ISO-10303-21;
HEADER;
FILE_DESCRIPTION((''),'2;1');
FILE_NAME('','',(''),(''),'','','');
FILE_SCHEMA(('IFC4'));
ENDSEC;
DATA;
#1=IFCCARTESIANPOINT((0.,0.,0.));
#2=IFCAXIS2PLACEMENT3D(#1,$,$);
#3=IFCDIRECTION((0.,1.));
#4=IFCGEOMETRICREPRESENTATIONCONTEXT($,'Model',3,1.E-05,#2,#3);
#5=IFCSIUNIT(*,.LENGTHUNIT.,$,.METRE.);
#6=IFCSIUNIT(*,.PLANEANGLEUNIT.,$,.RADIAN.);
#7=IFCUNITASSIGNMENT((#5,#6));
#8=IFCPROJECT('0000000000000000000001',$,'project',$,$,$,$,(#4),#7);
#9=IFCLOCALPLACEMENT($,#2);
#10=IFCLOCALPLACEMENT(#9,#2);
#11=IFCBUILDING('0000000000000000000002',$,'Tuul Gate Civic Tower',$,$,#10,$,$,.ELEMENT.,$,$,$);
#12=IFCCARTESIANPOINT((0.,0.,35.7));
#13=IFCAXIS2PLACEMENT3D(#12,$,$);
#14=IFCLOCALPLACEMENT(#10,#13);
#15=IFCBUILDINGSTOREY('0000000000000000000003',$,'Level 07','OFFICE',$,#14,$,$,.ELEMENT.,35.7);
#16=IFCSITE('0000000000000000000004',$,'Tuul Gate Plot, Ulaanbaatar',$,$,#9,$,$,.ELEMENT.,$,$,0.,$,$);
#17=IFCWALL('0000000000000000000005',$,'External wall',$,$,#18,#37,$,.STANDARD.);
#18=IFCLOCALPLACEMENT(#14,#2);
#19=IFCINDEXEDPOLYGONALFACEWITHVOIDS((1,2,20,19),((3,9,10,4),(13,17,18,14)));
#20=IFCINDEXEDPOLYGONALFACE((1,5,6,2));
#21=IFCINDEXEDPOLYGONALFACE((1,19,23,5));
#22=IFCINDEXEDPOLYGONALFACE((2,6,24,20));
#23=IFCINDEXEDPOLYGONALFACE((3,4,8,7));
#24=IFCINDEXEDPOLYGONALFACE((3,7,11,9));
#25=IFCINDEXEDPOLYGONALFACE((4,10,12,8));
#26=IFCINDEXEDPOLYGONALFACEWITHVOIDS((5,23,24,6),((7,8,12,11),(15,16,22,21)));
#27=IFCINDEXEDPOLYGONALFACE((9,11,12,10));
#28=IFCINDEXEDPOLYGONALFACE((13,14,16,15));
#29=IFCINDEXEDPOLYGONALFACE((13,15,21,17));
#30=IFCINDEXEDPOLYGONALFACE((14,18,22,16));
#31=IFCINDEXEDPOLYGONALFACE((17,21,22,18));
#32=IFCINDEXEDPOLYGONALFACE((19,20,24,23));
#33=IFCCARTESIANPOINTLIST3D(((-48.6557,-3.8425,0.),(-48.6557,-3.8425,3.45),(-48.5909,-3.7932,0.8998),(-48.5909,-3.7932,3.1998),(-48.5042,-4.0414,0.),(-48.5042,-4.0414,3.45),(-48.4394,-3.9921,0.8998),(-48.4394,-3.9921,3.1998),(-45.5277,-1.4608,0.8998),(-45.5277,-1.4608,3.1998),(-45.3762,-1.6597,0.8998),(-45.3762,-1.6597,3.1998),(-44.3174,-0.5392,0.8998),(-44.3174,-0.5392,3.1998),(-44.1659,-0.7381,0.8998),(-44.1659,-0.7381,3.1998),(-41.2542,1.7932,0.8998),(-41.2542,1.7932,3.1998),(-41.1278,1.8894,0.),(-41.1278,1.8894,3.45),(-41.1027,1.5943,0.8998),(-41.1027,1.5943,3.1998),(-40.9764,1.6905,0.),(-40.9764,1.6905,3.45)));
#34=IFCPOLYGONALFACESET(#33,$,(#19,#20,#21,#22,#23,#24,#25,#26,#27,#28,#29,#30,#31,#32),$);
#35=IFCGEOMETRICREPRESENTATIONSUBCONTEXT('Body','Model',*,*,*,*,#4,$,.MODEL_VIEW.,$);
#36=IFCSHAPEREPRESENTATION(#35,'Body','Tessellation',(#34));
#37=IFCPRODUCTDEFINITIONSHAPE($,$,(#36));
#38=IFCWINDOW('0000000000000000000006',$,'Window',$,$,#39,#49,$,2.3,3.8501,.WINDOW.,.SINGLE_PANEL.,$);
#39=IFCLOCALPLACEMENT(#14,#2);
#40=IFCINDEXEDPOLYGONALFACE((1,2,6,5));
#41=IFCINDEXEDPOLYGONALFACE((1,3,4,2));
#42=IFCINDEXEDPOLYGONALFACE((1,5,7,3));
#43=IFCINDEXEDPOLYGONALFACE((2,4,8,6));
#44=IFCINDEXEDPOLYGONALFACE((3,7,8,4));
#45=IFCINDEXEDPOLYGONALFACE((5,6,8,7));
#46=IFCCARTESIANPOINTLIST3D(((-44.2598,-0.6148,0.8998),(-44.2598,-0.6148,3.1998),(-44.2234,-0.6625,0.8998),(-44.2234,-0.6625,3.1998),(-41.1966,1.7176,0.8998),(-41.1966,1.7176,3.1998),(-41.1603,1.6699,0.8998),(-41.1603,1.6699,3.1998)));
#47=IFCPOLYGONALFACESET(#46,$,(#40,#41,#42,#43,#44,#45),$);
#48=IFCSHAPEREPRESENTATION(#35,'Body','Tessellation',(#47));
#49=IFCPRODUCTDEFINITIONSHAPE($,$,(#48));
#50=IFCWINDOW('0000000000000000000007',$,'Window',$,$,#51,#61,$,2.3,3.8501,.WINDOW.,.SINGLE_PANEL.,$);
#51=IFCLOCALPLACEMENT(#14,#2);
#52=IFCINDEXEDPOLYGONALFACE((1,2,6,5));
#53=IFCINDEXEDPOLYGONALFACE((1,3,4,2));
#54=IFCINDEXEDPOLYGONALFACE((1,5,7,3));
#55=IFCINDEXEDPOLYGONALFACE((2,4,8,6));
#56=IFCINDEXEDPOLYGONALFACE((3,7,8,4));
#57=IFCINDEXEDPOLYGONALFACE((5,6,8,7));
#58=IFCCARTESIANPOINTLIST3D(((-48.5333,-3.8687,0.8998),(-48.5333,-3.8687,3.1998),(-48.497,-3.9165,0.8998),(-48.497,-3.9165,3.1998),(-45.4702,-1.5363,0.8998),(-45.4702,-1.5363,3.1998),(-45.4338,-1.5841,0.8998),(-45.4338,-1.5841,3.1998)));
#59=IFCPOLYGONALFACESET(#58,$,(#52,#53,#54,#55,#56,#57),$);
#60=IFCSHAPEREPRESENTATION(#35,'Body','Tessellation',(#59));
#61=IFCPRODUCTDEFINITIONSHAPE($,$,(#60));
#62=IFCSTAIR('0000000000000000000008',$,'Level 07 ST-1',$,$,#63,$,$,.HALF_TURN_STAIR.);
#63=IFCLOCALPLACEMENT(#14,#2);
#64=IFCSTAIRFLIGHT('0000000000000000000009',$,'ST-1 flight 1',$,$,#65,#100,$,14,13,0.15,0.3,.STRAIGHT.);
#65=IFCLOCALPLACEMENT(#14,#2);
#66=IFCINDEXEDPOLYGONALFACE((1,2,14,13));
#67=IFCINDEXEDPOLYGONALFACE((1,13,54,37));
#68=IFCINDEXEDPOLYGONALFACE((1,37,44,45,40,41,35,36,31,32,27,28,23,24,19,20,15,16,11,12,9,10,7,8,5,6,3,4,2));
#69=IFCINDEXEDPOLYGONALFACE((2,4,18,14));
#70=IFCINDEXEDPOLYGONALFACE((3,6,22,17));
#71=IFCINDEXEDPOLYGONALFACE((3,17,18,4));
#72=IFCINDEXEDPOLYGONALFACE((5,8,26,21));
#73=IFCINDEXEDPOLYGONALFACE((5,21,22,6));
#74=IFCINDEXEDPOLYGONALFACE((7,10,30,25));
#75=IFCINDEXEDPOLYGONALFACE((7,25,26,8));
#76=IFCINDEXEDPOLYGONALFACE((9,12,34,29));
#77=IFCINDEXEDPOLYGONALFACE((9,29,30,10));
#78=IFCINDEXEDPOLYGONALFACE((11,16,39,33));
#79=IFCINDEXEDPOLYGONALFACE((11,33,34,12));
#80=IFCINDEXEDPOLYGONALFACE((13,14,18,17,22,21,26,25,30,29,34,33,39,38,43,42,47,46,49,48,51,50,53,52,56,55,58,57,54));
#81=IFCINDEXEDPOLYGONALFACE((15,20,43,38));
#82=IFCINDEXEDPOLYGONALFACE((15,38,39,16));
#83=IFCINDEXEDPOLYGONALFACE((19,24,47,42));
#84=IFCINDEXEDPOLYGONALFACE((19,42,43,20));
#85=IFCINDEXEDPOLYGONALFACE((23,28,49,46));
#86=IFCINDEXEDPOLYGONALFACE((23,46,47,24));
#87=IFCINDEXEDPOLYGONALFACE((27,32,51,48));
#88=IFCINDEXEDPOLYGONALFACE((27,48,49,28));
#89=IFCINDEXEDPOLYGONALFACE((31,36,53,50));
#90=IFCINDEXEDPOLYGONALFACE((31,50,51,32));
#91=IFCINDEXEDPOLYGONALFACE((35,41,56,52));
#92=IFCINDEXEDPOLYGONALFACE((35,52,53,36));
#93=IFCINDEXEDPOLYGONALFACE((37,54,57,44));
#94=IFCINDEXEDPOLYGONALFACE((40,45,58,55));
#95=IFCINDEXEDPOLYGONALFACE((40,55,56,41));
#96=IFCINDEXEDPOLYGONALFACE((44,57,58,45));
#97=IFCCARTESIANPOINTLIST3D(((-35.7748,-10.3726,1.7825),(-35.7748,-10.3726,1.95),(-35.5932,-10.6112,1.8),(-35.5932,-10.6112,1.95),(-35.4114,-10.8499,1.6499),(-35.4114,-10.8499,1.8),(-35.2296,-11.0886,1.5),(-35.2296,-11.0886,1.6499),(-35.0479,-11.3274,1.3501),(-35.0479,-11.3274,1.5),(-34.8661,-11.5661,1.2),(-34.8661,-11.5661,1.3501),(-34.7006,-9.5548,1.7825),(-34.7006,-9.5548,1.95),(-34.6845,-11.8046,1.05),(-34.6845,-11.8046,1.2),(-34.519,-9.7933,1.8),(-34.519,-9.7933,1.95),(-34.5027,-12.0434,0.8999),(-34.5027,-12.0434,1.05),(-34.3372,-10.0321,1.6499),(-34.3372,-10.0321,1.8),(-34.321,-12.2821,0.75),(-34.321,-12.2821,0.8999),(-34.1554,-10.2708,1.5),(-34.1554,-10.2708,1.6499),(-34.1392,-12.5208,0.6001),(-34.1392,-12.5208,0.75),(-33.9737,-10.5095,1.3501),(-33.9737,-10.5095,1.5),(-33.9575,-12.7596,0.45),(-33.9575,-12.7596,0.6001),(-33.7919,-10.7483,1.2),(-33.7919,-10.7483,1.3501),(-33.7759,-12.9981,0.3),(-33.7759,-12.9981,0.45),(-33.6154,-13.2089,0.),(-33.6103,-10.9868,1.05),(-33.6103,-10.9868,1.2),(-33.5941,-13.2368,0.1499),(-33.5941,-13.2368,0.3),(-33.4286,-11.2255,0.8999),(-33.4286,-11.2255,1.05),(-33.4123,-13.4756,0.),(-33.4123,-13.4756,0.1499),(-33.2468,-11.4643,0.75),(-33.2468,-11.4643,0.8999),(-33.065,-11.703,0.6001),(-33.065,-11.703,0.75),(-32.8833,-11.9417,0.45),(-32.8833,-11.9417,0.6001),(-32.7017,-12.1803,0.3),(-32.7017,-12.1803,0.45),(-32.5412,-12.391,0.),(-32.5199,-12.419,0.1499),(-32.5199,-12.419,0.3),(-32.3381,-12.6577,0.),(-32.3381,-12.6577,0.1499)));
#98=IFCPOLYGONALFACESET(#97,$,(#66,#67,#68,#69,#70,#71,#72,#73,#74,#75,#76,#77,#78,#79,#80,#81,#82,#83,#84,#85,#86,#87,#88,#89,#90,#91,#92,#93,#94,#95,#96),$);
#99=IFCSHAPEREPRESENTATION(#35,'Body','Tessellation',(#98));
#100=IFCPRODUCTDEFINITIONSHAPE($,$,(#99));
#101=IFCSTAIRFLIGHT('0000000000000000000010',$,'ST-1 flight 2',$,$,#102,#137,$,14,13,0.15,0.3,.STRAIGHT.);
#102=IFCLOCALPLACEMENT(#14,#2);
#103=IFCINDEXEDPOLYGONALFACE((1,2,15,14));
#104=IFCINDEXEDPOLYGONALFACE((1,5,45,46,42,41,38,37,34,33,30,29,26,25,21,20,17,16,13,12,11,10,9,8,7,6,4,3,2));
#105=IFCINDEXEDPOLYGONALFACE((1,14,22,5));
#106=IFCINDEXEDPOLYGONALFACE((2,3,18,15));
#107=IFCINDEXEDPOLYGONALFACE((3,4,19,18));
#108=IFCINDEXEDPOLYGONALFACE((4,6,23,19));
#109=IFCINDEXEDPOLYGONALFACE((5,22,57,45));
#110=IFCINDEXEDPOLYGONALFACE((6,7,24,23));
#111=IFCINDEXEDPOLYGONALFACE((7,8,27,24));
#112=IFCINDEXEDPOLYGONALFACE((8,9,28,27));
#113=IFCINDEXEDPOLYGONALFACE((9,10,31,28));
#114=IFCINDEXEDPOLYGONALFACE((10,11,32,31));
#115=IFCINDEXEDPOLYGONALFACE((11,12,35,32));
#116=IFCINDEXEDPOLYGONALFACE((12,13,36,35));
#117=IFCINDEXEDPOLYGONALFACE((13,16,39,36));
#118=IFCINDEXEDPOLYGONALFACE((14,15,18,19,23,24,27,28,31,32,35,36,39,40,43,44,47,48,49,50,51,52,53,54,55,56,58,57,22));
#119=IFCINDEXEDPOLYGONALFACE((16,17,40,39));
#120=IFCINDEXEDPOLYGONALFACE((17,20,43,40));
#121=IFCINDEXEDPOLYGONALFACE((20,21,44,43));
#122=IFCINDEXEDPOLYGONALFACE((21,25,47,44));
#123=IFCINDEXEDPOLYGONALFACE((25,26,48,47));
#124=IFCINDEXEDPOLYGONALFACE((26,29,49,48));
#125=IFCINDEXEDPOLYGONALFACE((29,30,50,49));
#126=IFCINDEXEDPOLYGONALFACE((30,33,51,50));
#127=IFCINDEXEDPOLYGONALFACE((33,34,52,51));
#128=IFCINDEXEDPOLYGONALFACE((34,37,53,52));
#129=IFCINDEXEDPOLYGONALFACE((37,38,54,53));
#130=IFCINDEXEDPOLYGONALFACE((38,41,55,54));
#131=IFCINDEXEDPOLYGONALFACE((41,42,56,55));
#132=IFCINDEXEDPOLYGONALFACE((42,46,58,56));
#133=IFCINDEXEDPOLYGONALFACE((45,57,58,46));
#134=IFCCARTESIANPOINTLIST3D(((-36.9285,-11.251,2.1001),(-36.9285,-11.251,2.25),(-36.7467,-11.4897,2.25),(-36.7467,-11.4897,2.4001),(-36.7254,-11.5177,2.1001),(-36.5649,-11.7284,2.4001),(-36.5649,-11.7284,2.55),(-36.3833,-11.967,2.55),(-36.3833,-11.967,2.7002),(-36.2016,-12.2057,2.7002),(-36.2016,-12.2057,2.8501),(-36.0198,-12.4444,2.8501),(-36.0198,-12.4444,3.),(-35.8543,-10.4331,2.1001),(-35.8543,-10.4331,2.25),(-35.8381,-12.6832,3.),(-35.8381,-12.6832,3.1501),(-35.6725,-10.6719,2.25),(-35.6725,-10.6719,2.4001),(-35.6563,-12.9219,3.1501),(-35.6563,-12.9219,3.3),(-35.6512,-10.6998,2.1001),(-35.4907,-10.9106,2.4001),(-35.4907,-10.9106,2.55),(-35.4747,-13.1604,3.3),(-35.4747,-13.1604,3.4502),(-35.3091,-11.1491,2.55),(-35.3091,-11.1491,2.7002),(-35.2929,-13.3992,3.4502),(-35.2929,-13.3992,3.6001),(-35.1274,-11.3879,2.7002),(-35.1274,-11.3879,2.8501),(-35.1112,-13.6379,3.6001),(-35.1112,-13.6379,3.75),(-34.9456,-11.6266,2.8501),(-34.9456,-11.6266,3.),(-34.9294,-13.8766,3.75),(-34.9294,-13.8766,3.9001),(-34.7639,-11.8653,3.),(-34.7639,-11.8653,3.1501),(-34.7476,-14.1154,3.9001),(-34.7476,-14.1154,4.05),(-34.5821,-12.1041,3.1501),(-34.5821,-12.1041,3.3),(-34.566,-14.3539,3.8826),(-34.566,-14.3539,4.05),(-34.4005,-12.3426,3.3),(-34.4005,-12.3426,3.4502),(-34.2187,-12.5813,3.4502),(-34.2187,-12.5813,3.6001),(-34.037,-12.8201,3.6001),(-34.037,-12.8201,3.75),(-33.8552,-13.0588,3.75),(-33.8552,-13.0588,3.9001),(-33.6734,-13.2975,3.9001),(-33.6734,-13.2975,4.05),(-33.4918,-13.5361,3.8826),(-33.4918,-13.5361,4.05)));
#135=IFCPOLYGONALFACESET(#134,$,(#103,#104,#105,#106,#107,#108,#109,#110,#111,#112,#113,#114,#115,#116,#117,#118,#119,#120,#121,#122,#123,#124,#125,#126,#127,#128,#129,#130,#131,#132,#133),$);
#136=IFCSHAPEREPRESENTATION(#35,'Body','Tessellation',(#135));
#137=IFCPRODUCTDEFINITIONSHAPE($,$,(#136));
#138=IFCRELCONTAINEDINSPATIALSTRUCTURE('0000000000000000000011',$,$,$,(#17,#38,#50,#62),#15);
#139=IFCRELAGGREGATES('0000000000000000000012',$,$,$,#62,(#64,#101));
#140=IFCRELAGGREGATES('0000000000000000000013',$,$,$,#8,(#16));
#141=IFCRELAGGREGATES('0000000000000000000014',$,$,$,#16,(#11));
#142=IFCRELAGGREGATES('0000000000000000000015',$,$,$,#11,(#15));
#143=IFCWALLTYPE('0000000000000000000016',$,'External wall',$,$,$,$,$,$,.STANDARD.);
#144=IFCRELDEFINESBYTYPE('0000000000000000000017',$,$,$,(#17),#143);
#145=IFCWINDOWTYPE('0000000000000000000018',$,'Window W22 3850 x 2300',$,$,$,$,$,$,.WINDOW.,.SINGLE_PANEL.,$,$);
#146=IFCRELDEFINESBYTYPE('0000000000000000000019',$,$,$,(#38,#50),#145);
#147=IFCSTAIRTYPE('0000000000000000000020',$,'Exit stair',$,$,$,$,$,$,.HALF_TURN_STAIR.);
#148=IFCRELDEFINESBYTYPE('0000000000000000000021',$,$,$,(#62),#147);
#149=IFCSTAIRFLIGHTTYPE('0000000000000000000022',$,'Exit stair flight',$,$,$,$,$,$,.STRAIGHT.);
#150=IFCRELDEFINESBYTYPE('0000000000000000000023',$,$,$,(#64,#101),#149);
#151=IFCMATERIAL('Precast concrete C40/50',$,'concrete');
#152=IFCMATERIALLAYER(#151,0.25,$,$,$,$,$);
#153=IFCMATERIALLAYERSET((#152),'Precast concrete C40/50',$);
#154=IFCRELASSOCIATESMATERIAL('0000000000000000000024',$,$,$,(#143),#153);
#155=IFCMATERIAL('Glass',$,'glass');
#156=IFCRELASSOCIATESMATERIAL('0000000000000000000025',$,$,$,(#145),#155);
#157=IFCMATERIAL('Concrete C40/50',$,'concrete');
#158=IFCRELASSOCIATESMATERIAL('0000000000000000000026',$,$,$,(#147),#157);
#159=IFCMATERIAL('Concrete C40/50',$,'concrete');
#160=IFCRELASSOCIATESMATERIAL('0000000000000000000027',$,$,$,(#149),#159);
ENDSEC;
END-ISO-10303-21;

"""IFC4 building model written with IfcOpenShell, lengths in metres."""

from ifc_helpers import new_model, si_unit, direction, frame, frame_2d, origin, place, context, subcontext, project, spatial, polyline, rectangle, outline, extrude, material, layer, layer_set, type_object, element, fill, aggregate, save


model = new_model("IFC4")

# Units and contexts
model_context = context("Model", 3, precision=1e-05, world=origin(), true_north=direction((0.0, 1.0)))
body_context = subcontext(model_context, "Body", "Model", "MODEL_VIEW")
ifc_project = project(units=[si_unit("LENGTHUNIT", "METRE"), si_unit("PLANEANGLEUNIT", "RADIAN")], contexts=[model_context])

# Site, building, storey
site_placement = place(None, origin())
site = spatial("IfcSite", under=ifc_project, at=site_placement, Name="Tuul Gate Plot, Ulaanbaatar", CompositionType="ELEMENT", RefElevation=0.0)
building_placement = place(site_placement, origin())
building = spatial("IfcBuilding", under=site, at=building_placement, Name="Tuul Gate Civic Tower", CompositionType="ELEMENT")
storey_placement = place(building_placement, frame((0.0, 0.0, 35.7)))
storey = spatial("IfcBuildingStorey", under=building, at=storey_placement, Name="Level 07", Description="OFFICE", CompositionType="ELEMENT", Elevation=35.7)

# Wall, openings, windows
ifc_material_1 = material(Name="Precast concrete C40/50", Category="concrete")
ifc_layer_1 = layer(ifc_material_1, 0.25)
ifc_layer_set_1 = layer_set([ifc_layer_1], Name="Precast concrete C40/50")
wall_type_1 = type_object("IfcWallType", Name="External wall", PredefinedType="STANDARD", material=ifc_layer_set_1)
wall_1_placement = place(storey_placement, frame((-41.052, 1.79, 0.0), z_axis=(0.0, 0.0, 1.0), x_axis=(-0.795613, -0.605805, 0.0)))
wall_1 = element("IfcWall", 1, at=wall_1_placement, inside=storey, type_object=wall_type_1, Name="External wall", PredefinedType="STANDARD", context=body_context, shape_type="SweptSolid", body=[
    extrude(rectangle(XDim=9.4617, YDim=0.25, at=frame_2d((4.731, 0.0))), origin(), (0.0, 0.0, 1.0), 3.45),
])
opening_1_placement = place(wall_1_placement, frame((0.1589, 0.0, 0.8999)))
opening_1 = element("IfcOpeningElement", 2, at=opening_1_placement, cuts=wall_1, PredefinedType="OPENING", context=body_context, shape_type="SweptSolid", body=[
    extrude(rectangle(XDim=3.8501, YDim=2.3, at=frame_2d((1.925, 1.1499))), frame((0.0, 0.135, 0.0), z_axis=(0.0, -1.0, 0.0), x_axis=(1.0, 0.0, 0.0)), (0.0, 0.0, 1.0), 0.27),
])
opening_2_placement = place(wall_1_placement, frame((5.5303, 0.0, 0.8999)))
opening_2 = element("IfcOpeningElement", 3, at=opening_2_placement, cuts=wall_1, PredefinedType="OPENING", context=body_context, shape_type="SweptSolid", body=[
    extrude(rectangle(XDim=3.8501, YDim=2.3, at=frame_2d((1.925, 1.1499))), frame((0.0, 0.135, 0.0), z_axis=(0.0, -1.0, 0.0), x_axis=(1.0, 0.0, 0.0)), (0.0, 0.0, 1.0), 0.27),
])
ifc_material_2 = material(Name="Glass", Category="glass")
window_type = type_object("IfcWindowType", Name="Window W22 3850 x 2300", PartitioningType="SINGLE_PANEL", PredefinedType="WINDOW", material=ifc_material_2)
window_1_placement = place(opening_1_placement, origin())
window_1 = element("IfcWindow", 4, at=window_1_placement, inside=storey, type_object=window_type, Name="Window", OverallHeight=2.3, OverallWidth=3.8501, PartitioningType="SINGLE_PANEL", PredefinedType="WINDOW", context=body_context, shape_type="SweptSolid", body=[
    extrude(rectangle(XDim=3.8501, YDim=2.3, at=frame_2d((1.925, 1.1499))), frame((0.0, 0.03, 0.0), z_axis=(0.0, -1.0, 0.0), x_axis=(1.0, 0.0, 0.0)), (0.0, 0.0, 1.0), 0.0601),
])
fill(opening_1, window_1)
window_2_placement = place(opening_2_placement, origin())
window_2 = element("IfcWindow", 5, at=window_2_placement, inside=storey, type_object=window_type, Name="Window", OverallHeight=2.3, OverallWidth=3.8501, PartitioningType="SINGLE_PANEL", PredefinedType="WINDOW", context=body_context, shape_type="SweptSolid", body=[
    extrude(rectangle(XDim=3.8501, YDim=2.3, at=frame_2d((1.925, 1.1499))), frame((0.0, 0.03, 0.0), z_axis=(0.0, -1.0, 0.0), x_axis=(1.0, 0.0, 0.0)), (0.0, 0.0, 1.0), 0.0601),
])
fill(opening_2, window_2)

# Stair, stair flights
ifc_material_3 = material(Name="Concrete C40/50", Category="concrete")
stair_type = type_object("IfcStairType", Name="Exit stair", PredefinedType="HALF_TURN_STAIR", material=ifc_material_3)
stair_placement = place(storey_placement, origin())
stair = element("IfcStair", 6, at=stair_placement, inside=storey, type_object=stair_type, Name="Level 07 ST-1", PredefinedType="HALF_TURN_STAIR")
ifc_material_4 = material(Name="Concrete C40/50", Category="concrete")
stair_flight_type = type_object("IfcStairFlightType", Name="Exit stair flight", PredefinedType="STRAIGHT", material=ifc_material_4)
stair_flight_1_placement = place(storey_placement, frame((-32.8752, -13.0667, 0.0), z_axis=(0.0, 0.0, 1.0), x_axis=(-0.605764, 0.795644, 0.0)))
stair_flight_1 = element("IfcStairFlight", 7, at=stair_flight_1_placement, type_object=stair_flight_type, Name="ST-1 flight 1", NumberOfRisers=14, NumberOfTreads=13, PredefinedType="STRAIGHT", RiserHeight=0.15, TreadLength=0.3, context=body_context, shape_type="SweptSolid", body=[
    extrude(outline(polyline([(0.0, 0.0), (0.0, 0.1499), (0.3, 0.1499), (0.3, 0.3), (0.6001, 0.3), (0.6001, 0.45), (0.8999, 0.45), (0.8999, 0.6001), (1.2, 0.6001), (1.2, 0.75), (1.5, 0.75), (1.5, 0.8999), (1.8, 0.8999), (1.8, 1.05), (2.1001, 1.05), (2.1001, 1.2), (2.3999, 1.2), (2.3999, 1.3501), (2.7, 1.3501), (2.7, 1.5), (3.0, 1.5), (3.0, 1.6499), (3.3, 1.6499), (3.3, 1.8), (3.6001, 1.8), (3.6001, 1.95), (3.8999, 1.95), (3.8999, 2.1001), (3.8999, 1.7825), (0.3352, 0.0), (0.0, 0.0)])), frame((0.0, 0.675, 0.0), z_axis=(0.0, -1.0, 0.0), x_axis=(1.0, 0.0, 0.0)), (0.0, 0.0, 1.0), 1.3501),
])
stair_flight_2_placement = place(storey_placement, frame((-36.3914, -10.842, 2.1001), z_axis=(0.0, 0.0, 1.0), x_axis=(0.605764, -0.795644, 0.0)))
stair_flight_2 = element("IfcStairFlight", 8, at=stair_flight_2_placement, type_object=stair_flight_type, Name="ST-1 flight 2", NumberOfRisers=14, NumberOfTreads=13, PredefinedType="STRAIGHT", RiserHeight=0.15, TreadLength=0.3, context=body_context, shape_type="SweptSolid", body=[
    extrude(outline(polyline([(0.0, 0.0), (0.0, 0.1499), (0.3, 0.1499), (0.3, 0.3), (0.6001, 0.3), (0.6001, 0.45), (0.8999, 0.45), (0.8999, 0.6001), (1.2, 0.6001), (1.2, 0.75), (1.5, 0.75), (1.5, 0.8999), (1.8, 0.8999), (1.8, 1.05), (2.1001, 1.05), (2.1001, 1.2), (2.3999, 1.2), (2.3999, 1.3501), (2.7, 1.3501), (2.7, 1.5), (3.0, 1.5), (3.0, 1.6499), (3.3, 1.6499), (3.3, 1.8), (3.6001, 1.8), (3.6001, 1.95), (3.8999, 1.95), (3.8999, 2.1001), (3.8999, 1.7825), (0.3352, 0.0), (0.0, 0.0)])), frame((0.0, 0.675, 0.0), z_axis=(0.0, -1.0, 0.0), x_axis=(1.0, 0.0, 0.0)), (0.0, 0.0, 1.0), 1.3501),
])
aggregate(stair, [stair_flight_1, stair_flight_2])

save(model, "model.ifc")
